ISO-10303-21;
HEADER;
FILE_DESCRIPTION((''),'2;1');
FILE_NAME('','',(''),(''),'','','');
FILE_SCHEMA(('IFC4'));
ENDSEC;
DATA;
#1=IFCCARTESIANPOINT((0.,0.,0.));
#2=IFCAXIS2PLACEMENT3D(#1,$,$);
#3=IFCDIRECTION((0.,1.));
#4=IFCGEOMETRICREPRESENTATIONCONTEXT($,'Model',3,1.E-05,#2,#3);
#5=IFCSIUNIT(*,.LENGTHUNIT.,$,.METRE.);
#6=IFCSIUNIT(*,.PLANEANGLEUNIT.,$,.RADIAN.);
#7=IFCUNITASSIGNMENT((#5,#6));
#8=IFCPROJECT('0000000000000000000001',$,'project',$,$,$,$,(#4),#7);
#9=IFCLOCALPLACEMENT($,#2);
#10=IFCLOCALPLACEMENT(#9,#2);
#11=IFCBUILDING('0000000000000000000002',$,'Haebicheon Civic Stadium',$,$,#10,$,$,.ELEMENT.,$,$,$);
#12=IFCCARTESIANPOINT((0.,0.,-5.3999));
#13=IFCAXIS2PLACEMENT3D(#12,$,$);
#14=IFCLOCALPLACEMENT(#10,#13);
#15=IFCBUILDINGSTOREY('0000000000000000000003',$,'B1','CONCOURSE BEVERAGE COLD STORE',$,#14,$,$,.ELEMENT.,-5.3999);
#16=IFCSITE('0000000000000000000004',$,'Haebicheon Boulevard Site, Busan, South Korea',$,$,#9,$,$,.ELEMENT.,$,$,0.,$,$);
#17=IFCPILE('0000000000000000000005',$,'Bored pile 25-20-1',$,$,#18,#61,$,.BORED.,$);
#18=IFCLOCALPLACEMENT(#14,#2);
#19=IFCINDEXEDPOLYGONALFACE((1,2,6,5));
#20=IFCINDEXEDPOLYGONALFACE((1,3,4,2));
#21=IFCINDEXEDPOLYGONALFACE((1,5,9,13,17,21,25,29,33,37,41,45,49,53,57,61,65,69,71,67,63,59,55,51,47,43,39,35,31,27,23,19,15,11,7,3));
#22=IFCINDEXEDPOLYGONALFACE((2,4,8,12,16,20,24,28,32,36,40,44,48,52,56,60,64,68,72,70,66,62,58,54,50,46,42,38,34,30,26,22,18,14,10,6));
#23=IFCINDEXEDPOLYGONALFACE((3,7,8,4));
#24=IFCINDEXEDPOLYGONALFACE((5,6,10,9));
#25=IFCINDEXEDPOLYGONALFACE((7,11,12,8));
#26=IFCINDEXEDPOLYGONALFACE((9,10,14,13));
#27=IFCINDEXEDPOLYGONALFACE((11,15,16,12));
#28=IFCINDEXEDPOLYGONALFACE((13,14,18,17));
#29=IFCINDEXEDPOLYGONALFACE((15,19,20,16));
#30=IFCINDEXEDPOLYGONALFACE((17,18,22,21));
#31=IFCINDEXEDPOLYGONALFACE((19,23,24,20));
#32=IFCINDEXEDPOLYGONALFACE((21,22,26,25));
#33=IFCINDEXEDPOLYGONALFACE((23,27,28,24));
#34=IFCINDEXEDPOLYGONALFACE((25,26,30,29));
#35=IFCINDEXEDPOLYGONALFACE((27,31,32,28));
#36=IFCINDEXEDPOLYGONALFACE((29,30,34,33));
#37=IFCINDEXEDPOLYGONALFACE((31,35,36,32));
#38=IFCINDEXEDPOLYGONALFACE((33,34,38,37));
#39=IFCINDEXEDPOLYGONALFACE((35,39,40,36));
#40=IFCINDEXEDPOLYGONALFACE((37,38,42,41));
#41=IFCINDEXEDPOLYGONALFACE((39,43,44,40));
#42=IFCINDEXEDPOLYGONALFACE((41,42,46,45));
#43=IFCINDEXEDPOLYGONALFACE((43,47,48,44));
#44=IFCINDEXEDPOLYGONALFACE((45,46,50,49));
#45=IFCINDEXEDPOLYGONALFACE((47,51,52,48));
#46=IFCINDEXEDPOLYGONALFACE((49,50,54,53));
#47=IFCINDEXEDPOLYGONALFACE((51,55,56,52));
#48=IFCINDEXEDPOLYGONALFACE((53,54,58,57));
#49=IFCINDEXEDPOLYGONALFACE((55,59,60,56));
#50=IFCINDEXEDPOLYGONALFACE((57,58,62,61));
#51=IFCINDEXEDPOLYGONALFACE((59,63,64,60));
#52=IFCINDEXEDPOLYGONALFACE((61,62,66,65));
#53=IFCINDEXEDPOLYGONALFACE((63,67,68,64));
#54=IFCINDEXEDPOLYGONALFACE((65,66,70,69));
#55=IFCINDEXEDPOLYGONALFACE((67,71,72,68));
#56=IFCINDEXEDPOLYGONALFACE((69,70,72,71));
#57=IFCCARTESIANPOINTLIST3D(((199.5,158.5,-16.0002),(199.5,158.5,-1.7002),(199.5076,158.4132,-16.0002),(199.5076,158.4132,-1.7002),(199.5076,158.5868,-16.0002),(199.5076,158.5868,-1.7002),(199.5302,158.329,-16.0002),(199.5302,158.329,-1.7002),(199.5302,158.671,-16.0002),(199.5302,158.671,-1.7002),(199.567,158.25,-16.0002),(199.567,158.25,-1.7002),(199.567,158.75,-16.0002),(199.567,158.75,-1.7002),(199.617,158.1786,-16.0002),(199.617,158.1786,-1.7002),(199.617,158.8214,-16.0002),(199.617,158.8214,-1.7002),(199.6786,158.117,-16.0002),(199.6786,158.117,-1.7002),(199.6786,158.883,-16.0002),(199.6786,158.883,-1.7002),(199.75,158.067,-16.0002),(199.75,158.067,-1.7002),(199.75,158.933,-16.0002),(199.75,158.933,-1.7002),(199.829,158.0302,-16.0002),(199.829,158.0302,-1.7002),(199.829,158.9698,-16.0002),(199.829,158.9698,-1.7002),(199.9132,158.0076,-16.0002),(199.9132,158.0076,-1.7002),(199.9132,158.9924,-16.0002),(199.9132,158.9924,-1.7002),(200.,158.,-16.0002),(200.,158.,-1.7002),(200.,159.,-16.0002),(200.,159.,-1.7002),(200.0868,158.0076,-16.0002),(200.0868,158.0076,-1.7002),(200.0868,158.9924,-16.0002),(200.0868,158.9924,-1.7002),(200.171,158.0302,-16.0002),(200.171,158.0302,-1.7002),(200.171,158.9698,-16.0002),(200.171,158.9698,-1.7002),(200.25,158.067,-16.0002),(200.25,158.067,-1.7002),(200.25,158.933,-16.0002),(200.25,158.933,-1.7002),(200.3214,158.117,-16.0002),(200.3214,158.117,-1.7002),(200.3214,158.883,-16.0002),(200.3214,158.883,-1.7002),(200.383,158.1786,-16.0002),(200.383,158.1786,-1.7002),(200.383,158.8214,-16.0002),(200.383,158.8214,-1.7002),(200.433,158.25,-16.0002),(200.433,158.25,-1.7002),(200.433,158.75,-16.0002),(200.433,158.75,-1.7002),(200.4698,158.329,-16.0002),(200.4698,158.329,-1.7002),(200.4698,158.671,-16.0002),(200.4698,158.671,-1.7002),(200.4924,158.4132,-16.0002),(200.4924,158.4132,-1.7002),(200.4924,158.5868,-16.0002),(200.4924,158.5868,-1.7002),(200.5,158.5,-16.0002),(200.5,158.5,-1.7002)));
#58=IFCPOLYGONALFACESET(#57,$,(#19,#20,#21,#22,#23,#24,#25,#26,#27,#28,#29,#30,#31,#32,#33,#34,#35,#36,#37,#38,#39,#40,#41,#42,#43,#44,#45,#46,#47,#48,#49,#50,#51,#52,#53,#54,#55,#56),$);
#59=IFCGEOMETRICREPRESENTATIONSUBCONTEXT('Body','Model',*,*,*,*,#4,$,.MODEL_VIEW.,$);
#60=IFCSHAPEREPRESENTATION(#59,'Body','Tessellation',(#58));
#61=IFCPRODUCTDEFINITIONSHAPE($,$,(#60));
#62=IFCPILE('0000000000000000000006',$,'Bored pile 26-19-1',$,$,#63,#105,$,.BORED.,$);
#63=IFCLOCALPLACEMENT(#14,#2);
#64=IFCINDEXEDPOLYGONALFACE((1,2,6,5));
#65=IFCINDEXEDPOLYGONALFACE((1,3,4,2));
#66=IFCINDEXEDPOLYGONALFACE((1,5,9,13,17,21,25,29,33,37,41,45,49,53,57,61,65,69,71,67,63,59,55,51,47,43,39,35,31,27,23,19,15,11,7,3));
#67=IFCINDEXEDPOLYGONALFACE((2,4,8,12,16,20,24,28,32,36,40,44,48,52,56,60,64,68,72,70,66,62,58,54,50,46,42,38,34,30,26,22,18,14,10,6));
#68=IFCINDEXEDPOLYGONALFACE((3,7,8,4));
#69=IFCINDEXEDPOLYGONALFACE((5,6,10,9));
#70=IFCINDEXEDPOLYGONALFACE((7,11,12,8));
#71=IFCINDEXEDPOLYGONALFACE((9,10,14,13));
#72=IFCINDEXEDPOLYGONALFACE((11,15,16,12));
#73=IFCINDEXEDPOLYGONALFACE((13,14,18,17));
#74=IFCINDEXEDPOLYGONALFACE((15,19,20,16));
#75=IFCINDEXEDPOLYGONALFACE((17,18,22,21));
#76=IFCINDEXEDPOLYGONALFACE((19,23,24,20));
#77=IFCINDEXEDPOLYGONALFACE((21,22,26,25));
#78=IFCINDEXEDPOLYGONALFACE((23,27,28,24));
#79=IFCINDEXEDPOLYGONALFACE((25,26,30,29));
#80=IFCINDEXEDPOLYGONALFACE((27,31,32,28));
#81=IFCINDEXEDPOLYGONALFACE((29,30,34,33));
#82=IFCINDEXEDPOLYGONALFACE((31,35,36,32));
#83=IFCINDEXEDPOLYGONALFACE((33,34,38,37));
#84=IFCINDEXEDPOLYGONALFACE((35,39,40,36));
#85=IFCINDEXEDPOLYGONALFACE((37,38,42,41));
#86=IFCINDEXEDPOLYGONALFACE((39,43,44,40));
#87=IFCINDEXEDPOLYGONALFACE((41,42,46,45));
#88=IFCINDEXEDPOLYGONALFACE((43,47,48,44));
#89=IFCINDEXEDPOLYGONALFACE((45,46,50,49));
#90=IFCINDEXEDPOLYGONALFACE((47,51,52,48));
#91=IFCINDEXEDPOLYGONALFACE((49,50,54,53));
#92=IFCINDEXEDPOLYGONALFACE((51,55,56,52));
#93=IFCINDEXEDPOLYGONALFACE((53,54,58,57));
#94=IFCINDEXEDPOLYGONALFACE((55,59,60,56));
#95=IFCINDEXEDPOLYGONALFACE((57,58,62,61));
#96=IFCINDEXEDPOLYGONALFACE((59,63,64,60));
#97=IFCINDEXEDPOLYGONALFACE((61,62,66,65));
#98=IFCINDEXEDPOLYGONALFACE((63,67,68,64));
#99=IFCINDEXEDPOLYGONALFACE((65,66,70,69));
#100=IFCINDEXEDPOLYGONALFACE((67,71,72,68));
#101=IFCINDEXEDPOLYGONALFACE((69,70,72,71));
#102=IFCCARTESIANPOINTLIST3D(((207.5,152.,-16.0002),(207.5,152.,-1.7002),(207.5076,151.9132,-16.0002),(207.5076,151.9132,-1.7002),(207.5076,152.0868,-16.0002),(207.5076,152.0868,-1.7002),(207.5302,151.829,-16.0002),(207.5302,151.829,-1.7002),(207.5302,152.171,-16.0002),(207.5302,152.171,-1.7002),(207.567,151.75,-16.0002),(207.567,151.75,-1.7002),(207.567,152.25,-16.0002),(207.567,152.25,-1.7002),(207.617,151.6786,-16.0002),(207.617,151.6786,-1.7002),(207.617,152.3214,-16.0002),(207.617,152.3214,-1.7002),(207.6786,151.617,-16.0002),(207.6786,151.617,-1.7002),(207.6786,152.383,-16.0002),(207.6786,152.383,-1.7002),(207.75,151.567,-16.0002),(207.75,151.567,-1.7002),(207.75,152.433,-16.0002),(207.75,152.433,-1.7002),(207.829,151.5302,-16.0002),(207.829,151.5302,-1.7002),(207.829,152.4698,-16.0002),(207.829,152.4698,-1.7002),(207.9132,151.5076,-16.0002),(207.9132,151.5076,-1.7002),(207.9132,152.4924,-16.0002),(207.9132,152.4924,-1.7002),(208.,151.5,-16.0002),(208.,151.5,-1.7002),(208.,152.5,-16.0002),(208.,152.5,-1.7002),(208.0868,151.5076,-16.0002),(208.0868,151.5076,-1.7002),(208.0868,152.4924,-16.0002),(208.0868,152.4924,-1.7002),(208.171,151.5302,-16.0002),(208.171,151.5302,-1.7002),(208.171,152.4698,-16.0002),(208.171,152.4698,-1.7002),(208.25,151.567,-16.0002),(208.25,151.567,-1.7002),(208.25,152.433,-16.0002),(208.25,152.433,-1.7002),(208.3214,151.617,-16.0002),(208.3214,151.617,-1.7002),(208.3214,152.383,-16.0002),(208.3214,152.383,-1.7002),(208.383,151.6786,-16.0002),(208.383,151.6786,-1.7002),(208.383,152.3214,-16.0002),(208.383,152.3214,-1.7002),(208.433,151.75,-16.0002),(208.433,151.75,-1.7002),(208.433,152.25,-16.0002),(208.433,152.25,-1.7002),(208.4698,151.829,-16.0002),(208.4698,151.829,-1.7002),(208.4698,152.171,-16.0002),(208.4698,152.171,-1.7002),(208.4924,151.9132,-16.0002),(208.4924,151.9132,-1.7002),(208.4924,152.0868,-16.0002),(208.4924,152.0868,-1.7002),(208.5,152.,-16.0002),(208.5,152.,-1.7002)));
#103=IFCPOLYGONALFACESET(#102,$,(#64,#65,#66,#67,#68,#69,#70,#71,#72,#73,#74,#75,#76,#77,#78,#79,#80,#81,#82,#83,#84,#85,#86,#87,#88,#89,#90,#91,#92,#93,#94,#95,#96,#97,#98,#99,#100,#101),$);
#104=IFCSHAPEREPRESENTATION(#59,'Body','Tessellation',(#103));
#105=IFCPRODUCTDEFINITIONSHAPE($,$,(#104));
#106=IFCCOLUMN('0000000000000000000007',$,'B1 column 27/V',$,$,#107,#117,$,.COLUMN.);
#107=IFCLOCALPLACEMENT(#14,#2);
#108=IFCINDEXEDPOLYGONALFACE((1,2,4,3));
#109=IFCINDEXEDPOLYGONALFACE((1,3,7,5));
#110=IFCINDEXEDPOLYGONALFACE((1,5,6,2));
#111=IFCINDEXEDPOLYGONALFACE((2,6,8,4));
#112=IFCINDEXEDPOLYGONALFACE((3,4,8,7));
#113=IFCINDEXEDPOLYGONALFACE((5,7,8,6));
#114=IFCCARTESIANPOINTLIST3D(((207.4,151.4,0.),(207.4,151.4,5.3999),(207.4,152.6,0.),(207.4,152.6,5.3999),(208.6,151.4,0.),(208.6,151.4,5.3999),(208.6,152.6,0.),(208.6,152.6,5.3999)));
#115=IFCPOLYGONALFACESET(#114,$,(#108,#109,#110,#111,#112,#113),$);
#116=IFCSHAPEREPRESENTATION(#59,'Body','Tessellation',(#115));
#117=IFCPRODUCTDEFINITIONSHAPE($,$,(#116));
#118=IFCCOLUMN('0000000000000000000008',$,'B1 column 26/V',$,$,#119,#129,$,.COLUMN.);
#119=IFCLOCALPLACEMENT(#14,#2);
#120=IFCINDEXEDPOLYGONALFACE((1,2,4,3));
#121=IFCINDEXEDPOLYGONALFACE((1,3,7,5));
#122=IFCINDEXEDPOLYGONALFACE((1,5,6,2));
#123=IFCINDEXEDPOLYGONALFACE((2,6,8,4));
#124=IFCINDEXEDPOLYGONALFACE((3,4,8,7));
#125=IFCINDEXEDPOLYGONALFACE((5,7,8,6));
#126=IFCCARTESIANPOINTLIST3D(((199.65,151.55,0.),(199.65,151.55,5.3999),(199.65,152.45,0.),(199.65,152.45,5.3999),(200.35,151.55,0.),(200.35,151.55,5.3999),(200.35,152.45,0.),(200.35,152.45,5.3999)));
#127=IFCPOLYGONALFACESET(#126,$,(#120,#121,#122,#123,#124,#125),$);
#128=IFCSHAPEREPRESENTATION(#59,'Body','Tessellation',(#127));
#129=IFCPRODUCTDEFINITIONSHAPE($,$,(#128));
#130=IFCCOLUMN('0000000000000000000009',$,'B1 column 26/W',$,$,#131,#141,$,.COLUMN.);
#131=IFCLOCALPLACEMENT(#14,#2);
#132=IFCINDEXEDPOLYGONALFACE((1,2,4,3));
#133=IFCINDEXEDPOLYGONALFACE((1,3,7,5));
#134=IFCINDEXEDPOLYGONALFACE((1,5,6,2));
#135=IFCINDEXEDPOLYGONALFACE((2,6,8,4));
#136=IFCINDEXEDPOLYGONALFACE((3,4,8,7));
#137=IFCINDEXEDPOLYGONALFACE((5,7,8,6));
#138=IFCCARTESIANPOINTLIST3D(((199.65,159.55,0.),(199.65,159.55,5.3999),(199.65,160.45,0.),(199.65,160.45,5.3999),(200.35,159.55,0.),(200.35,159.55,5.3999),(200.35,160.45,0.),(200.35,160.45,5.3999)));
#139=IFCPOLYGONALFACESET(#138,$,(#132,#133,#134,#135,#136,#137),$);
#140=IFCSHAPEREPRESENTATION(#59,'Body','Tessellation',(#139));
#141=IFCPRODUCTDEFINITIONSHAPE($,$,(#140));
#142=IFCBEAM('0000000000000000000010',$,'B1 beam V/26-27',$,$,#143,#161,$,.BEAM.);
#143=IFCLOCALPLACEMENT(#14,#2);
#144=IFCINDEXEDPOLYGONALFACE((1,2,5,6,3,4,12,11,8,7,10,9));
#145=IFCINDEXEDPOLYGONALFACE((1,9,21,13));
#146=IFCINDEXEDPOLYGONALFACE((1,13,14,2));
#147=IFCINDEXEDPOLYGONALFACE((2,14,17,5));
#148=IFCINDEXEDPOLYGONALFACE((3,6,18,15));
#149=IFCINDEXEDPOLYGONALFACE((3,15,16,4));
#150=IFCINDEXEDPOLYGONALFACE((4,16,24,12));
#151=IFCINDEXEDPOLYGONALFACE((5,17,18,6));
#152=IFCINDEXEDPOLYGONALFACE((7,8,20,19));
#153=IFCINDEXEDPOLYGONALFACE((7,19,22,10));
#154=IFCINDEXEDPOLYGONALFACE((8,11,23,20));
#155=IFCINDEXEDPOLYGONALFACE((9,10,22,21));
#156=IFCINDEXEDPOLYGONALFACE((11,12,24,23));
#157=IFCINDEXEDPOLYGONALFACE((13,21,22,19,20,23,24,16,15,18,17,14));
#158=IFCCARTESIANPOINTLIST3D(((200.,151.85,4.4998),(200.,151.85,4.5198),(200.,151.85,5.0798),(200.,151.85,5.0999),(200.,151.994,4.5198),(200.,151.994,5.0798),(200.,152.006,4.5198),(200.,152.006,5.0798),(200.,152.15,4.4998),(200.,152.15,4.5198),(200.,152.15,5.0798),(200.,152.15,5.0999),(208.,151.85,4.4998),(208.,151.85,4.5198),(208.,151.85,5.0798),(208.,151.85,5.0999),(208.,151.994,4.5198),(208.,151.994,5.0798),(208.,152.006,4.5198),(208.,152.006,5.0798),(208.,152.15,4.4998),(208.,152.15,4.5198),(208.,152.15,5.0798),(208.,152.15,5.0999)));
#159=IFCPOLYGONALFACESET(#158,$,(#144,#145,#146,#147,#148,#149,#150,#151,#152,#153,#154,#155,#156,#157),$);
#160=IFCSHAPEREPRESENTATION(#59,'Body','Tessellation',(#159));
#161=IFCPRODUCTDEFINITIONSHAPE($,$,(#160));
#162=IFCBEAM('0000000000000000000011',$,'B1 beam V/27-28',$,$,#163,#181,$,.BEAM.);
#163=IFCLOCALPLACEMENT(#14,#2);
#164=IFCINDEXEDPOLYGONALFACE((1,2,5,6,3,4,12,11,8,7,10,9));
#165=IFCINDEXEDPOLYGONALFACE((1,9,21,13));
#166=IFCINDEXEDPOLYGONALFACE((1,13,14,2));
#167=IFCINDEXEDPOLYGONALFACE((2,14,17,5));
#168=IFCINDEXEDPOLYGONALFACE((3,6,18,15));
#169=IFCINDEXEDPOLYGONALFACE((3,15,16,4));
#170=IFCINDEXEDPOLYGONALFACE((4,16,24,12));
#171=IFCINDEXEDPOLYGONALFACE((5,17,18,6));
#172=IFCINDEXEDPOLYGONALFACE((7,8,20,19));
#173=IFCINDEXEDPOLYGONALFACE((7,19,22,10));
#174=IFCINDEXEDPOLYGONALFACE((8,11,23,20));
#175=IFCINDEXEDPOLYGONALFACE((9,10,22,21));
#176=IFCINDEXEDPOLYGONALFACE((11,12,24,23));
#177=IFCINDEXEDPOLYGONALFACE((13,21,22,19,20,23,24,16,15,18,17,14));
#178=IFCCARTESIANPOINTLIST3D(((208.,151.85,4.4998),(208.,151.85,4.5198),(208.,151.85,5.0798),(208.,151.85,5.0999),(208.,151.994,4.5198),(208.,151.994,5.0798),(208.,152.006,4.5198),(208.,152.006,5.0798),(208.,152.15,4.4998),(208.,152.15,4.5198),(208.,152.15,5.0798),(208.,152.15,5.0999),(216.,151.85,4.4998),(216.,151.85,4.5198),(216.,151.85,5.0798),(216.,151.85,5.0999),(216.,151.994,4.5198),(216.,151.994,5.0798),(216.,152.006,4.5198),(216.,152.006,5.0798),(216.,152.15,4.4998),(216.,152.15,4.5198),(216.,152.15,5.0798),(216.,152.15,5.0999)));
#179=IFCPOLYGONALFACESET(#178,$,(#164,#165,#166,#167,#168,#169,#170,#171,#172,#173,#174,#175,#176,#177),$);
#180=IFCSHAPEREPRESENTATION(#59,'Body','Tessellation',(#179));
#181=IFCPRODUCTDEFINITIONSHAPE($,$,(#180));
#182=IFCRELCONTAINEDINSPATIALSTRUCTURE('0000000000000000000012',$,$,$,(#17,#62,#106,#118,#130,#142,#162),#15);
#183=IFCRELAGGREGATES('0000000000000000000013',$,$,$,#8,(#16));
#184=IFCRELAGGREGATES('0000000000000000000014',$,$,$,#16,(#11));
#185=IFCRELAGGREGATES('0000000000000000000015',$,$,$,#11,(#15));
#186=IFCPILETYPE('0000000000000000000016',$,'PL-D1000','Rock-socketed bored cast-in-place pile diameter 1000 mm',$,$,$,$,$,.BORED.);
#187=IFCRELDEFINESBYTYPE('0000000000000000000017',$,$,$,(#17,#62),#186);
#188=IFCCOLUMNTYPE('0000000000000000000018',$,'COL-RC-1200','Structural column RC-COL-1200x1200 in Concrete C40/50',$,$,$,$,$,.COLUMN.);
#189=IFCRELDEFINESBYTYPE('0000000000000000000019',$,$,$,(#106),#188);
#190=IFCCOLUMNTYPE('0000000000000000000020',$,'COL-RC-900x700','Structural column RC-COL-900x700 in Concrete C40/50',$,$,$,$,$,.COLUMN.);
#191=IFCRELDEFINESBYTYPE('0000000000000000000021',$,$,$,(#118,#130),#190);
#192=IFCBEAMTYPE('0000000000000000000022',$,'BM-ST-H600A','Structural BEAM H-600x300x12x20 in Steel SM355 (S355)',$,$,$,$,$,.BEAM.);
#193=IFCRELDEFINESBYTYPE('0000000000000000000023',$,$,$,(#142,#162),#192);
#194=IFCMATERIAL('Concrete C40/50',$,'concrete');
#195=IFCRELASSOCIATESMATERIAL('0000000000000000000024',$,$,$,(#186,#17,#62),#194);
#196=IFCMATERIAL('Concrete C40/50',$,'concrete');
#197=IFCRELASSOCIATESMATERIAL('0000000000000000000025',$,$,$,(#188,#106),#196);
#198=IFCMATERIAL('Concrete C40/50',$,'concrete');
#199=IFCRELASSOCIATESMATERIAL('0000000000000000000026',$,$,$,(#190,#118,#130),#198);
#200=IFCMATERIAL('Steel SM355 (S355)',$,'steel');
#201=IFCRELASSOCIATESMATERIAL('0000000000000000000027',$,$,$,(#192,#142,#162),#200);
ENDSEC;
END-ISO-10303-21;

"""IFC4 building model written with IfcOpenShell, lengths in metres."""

from ifc_helpers import new_model, si_unit, direction, frame, origin, origin_2d, place, context, subcontext, project, spatial, rectangle, circle, i_section, extrude, material, material_profile, profile_set, type_object, element, save


model = new_model("IFC4")

# Units and contexts
model_context = context("Model", 3, precision=1e-05, world=origin(), true_north=direction((0.0, 1.0)))
body_context = subcontext(model_context, "Body", "Model", "MODEL_VIEW")
ifc_project = project(units=[si_unit("LENGTHUNIT", "METRE"), si_unit("PLANEANGLEUNIT", "RADIAN")], contexts=[model_context])

# Site, building, storey
site_placement = place(None, origin())
site = spatial("IfcSite", under=ifc_project, at=site_placement, Name="Haebicheon Boulevard Site, Busan, South Korea", CompositionType="ELEMENT", RefElevation=0.0)
building_placement = place(site_placement, origin())
building = spatial("IfcBuilding", under=site, at=building_placement, Name="Haebicheon Civic Stadium", CompositionType="ELEMENT")
storey_placement = place(building_placement, frame((0.0, 0.0, -5.3999)))
storey = spatial("IfcBuildingStorey", under=building, at=storey_placement, Name="B1", Description="CONCOURSE BEVERAGE COLD STORE", CompositionType="ELEMENT", Elevation=-5.3999)

# Piles
ifc_material_1 = material(Name="Concrete C40/50", Category="concrete")
ifc_material_profile_1 = material_profile(ifc_material_1, circle(Radius=0.5, at=origin_2d()), Name="PILE-D1000")
ifc_profile_set_1 = profile_set([ifc_material_profile_1], Name="Concrete C40/50")
pile_type = type_object("IfcPileType", Name="PL-D1000", Description="Rock-socketed bored cast-in-place pile diameter 1000 mm", PredefinedType="BORED", material=ifc_profile_set_1)
for number, where, z_axis, x_axis, name in (
    (1, (200.0, 158.5, -1.7002), (0.0, 0.0, -1.0), (1.0, 0.0, 0.0), "Bored pile 25-20-1"),
    (2, (208.0, 152.0, -1.7002), (0.0, 0.0, -1.0), (1.0, 0.0, 0.0), "Bored pile 26-19-1"),
):
    element("IfcPile", number, at=place(storey_placement, frame(where, z_axis=z_axis, x_axis=x_axis)), inside=storey, type_object=pile_type, material=ifc_profile_set_1, Name=name, PredefinedType="BORED", context=body_context, shape_type="SweptSolid", body=[
        extrude(circle(Radius=0.5, at=origin_2d()), origin(), (0.0, 0.0, 1.0), 14.3),
    ])

# Columns
ifc_material_2 = material(Name="Concrete C40/50", Category="concrete")
ifc_material_profile_2 = material_profile(ifc_material_2, rectangle(XDim=1.2, YDim=1.2, at=origin_2d()), Name="RC-COL-1200x1200")
ifc_profile_set_2 = profile_set([ifc_material_profile_2], Name="Concrete C40/50")
column_type_1 = type_object("IfcColumnType", Name="COL-RC-1200", Description="Structural column RC-COL-1200x1200 in Concrete C40/50", PredefinedType="COLUMN", material=ifc_profile_set_2)
column_placement = place(storey_placement, frame((208.0, 152.0, 0.0), z_axis=(0.0, 0.0, 1.0), x_axis=(1.0, 0.0, 0.0)))
element("IfcColumn", 3, at=column_placement, inside=storey, type_object=column_type_1, material=ifc_profile_set_2, Name="B1 column 27/V", PredefinedType="COLUMN", context=body_context, shape_type="SweptSolid", body=[
    extrude(rectangle(XDim=1.2, YDim=1.2, at=origin_2d()), origin(), (0.0, 0.0, 1.0), 5.3999),
])
ifc_material_3 = material(Name="Concrete C40/50", Category="concrete")
ifc_material_profile_3 = material_profile(ifc_material_3, rectangle(XDim=0.7, YDim=0.8999, at=origin_2d()), Name="RC-COL-900x700")
ifc_profile_set_3 = profile_set([ifc_material_profile_3], Name="Concrete C40/50")
column_type_2 = type_object("IfcColumnType", Name="COL-RC-900x700", Description="Structural column RC-COL-900x700 in Concrete C40/50", PredefinedType="COLUMN", material=ifc_profile_set_3)
for number, where, z_axis, x_axis, name in (
    (4, (200.0, 152.0, 0.0), (0.0, 0.0, 1.0), (1.0, 0.0, 0.0), "B1 column 26/V"),
    (5, (200.0, 160.0, 0.0), (0.0, 0.0, 1.0), (1.0, 0.0, 0.0), "B1 column 26/W"),
):
    element("IfcColumn", number, at=place(storey_placement, frame(where, z_axis=z_axis, x_axis=x_axis)), inside=storey, type_object=column_type_2, material=ifc_profile_set_3, Name=name, PredefinedType="COLUMN", context=body_context, shape_type="SweptSolid", body=[
        extrude(rectangle(XDim=0.7, YDim=0.8999, at=origin_2d()), origin(), (0.0, 0.0, 1.0), 5.3999),
    ])

# Beams
ifc_material_4 = material(Name="Steel SM355 (S355)", Category="steel")
ifc_material_profile_4 = material_profile(ifc_material_4, i_section(OverallWidth=0.3, OverallDepth=0.6001, WebThickness=0.012, FlangeThickness=0.02, at=origin_2d()), Name="H-600x300x12x20")
ifc_profile_set_4 = profile_set([ifc_material_profile_4], Name="Steel SM355 (S355)")
beam_type_1 = type_object("IfcBeamType", Name="BM-ST-H600A", Description="Structural BEAM H-600x300x12x20 in Steel SM355 (S355)", PredefinedType="BEAM", material=ifc_profile_set_4)
for number, where, z_axis, x_axis, name in (
    (6, (200.0, 152.0, 4.7998), (1.0, 0.0, 0.0), (0.0, 1.0, 0.0), "B1 beam V/26-27"),
    (7, (208.0, 152.0, 4.7998), (1.0, 0.0, 0.0), (0.0, 1.0, 0.0), "B1 beam V/27-28"),
):
    element("IfcBeam", number, at=place(storey_placement, frame(where, z_axis=z_axis, x_axis=x_axis)), inside=storey, type_object=beam_type_1, material=ifc_profile_set_4, Name=name, PredefinedType="BEAM", context=body_context, shape_type="SweptSolid", body=[
        extrude(i_section(OverallWidth=0.3, OverallDepth=0.6001, WebThickness=0.012, FlangeThickness=0.02, at=origin_2d()), origin(), (0.0, 0.0, 1.0), 8.0),
    ])

save(model, "model.ifc")
